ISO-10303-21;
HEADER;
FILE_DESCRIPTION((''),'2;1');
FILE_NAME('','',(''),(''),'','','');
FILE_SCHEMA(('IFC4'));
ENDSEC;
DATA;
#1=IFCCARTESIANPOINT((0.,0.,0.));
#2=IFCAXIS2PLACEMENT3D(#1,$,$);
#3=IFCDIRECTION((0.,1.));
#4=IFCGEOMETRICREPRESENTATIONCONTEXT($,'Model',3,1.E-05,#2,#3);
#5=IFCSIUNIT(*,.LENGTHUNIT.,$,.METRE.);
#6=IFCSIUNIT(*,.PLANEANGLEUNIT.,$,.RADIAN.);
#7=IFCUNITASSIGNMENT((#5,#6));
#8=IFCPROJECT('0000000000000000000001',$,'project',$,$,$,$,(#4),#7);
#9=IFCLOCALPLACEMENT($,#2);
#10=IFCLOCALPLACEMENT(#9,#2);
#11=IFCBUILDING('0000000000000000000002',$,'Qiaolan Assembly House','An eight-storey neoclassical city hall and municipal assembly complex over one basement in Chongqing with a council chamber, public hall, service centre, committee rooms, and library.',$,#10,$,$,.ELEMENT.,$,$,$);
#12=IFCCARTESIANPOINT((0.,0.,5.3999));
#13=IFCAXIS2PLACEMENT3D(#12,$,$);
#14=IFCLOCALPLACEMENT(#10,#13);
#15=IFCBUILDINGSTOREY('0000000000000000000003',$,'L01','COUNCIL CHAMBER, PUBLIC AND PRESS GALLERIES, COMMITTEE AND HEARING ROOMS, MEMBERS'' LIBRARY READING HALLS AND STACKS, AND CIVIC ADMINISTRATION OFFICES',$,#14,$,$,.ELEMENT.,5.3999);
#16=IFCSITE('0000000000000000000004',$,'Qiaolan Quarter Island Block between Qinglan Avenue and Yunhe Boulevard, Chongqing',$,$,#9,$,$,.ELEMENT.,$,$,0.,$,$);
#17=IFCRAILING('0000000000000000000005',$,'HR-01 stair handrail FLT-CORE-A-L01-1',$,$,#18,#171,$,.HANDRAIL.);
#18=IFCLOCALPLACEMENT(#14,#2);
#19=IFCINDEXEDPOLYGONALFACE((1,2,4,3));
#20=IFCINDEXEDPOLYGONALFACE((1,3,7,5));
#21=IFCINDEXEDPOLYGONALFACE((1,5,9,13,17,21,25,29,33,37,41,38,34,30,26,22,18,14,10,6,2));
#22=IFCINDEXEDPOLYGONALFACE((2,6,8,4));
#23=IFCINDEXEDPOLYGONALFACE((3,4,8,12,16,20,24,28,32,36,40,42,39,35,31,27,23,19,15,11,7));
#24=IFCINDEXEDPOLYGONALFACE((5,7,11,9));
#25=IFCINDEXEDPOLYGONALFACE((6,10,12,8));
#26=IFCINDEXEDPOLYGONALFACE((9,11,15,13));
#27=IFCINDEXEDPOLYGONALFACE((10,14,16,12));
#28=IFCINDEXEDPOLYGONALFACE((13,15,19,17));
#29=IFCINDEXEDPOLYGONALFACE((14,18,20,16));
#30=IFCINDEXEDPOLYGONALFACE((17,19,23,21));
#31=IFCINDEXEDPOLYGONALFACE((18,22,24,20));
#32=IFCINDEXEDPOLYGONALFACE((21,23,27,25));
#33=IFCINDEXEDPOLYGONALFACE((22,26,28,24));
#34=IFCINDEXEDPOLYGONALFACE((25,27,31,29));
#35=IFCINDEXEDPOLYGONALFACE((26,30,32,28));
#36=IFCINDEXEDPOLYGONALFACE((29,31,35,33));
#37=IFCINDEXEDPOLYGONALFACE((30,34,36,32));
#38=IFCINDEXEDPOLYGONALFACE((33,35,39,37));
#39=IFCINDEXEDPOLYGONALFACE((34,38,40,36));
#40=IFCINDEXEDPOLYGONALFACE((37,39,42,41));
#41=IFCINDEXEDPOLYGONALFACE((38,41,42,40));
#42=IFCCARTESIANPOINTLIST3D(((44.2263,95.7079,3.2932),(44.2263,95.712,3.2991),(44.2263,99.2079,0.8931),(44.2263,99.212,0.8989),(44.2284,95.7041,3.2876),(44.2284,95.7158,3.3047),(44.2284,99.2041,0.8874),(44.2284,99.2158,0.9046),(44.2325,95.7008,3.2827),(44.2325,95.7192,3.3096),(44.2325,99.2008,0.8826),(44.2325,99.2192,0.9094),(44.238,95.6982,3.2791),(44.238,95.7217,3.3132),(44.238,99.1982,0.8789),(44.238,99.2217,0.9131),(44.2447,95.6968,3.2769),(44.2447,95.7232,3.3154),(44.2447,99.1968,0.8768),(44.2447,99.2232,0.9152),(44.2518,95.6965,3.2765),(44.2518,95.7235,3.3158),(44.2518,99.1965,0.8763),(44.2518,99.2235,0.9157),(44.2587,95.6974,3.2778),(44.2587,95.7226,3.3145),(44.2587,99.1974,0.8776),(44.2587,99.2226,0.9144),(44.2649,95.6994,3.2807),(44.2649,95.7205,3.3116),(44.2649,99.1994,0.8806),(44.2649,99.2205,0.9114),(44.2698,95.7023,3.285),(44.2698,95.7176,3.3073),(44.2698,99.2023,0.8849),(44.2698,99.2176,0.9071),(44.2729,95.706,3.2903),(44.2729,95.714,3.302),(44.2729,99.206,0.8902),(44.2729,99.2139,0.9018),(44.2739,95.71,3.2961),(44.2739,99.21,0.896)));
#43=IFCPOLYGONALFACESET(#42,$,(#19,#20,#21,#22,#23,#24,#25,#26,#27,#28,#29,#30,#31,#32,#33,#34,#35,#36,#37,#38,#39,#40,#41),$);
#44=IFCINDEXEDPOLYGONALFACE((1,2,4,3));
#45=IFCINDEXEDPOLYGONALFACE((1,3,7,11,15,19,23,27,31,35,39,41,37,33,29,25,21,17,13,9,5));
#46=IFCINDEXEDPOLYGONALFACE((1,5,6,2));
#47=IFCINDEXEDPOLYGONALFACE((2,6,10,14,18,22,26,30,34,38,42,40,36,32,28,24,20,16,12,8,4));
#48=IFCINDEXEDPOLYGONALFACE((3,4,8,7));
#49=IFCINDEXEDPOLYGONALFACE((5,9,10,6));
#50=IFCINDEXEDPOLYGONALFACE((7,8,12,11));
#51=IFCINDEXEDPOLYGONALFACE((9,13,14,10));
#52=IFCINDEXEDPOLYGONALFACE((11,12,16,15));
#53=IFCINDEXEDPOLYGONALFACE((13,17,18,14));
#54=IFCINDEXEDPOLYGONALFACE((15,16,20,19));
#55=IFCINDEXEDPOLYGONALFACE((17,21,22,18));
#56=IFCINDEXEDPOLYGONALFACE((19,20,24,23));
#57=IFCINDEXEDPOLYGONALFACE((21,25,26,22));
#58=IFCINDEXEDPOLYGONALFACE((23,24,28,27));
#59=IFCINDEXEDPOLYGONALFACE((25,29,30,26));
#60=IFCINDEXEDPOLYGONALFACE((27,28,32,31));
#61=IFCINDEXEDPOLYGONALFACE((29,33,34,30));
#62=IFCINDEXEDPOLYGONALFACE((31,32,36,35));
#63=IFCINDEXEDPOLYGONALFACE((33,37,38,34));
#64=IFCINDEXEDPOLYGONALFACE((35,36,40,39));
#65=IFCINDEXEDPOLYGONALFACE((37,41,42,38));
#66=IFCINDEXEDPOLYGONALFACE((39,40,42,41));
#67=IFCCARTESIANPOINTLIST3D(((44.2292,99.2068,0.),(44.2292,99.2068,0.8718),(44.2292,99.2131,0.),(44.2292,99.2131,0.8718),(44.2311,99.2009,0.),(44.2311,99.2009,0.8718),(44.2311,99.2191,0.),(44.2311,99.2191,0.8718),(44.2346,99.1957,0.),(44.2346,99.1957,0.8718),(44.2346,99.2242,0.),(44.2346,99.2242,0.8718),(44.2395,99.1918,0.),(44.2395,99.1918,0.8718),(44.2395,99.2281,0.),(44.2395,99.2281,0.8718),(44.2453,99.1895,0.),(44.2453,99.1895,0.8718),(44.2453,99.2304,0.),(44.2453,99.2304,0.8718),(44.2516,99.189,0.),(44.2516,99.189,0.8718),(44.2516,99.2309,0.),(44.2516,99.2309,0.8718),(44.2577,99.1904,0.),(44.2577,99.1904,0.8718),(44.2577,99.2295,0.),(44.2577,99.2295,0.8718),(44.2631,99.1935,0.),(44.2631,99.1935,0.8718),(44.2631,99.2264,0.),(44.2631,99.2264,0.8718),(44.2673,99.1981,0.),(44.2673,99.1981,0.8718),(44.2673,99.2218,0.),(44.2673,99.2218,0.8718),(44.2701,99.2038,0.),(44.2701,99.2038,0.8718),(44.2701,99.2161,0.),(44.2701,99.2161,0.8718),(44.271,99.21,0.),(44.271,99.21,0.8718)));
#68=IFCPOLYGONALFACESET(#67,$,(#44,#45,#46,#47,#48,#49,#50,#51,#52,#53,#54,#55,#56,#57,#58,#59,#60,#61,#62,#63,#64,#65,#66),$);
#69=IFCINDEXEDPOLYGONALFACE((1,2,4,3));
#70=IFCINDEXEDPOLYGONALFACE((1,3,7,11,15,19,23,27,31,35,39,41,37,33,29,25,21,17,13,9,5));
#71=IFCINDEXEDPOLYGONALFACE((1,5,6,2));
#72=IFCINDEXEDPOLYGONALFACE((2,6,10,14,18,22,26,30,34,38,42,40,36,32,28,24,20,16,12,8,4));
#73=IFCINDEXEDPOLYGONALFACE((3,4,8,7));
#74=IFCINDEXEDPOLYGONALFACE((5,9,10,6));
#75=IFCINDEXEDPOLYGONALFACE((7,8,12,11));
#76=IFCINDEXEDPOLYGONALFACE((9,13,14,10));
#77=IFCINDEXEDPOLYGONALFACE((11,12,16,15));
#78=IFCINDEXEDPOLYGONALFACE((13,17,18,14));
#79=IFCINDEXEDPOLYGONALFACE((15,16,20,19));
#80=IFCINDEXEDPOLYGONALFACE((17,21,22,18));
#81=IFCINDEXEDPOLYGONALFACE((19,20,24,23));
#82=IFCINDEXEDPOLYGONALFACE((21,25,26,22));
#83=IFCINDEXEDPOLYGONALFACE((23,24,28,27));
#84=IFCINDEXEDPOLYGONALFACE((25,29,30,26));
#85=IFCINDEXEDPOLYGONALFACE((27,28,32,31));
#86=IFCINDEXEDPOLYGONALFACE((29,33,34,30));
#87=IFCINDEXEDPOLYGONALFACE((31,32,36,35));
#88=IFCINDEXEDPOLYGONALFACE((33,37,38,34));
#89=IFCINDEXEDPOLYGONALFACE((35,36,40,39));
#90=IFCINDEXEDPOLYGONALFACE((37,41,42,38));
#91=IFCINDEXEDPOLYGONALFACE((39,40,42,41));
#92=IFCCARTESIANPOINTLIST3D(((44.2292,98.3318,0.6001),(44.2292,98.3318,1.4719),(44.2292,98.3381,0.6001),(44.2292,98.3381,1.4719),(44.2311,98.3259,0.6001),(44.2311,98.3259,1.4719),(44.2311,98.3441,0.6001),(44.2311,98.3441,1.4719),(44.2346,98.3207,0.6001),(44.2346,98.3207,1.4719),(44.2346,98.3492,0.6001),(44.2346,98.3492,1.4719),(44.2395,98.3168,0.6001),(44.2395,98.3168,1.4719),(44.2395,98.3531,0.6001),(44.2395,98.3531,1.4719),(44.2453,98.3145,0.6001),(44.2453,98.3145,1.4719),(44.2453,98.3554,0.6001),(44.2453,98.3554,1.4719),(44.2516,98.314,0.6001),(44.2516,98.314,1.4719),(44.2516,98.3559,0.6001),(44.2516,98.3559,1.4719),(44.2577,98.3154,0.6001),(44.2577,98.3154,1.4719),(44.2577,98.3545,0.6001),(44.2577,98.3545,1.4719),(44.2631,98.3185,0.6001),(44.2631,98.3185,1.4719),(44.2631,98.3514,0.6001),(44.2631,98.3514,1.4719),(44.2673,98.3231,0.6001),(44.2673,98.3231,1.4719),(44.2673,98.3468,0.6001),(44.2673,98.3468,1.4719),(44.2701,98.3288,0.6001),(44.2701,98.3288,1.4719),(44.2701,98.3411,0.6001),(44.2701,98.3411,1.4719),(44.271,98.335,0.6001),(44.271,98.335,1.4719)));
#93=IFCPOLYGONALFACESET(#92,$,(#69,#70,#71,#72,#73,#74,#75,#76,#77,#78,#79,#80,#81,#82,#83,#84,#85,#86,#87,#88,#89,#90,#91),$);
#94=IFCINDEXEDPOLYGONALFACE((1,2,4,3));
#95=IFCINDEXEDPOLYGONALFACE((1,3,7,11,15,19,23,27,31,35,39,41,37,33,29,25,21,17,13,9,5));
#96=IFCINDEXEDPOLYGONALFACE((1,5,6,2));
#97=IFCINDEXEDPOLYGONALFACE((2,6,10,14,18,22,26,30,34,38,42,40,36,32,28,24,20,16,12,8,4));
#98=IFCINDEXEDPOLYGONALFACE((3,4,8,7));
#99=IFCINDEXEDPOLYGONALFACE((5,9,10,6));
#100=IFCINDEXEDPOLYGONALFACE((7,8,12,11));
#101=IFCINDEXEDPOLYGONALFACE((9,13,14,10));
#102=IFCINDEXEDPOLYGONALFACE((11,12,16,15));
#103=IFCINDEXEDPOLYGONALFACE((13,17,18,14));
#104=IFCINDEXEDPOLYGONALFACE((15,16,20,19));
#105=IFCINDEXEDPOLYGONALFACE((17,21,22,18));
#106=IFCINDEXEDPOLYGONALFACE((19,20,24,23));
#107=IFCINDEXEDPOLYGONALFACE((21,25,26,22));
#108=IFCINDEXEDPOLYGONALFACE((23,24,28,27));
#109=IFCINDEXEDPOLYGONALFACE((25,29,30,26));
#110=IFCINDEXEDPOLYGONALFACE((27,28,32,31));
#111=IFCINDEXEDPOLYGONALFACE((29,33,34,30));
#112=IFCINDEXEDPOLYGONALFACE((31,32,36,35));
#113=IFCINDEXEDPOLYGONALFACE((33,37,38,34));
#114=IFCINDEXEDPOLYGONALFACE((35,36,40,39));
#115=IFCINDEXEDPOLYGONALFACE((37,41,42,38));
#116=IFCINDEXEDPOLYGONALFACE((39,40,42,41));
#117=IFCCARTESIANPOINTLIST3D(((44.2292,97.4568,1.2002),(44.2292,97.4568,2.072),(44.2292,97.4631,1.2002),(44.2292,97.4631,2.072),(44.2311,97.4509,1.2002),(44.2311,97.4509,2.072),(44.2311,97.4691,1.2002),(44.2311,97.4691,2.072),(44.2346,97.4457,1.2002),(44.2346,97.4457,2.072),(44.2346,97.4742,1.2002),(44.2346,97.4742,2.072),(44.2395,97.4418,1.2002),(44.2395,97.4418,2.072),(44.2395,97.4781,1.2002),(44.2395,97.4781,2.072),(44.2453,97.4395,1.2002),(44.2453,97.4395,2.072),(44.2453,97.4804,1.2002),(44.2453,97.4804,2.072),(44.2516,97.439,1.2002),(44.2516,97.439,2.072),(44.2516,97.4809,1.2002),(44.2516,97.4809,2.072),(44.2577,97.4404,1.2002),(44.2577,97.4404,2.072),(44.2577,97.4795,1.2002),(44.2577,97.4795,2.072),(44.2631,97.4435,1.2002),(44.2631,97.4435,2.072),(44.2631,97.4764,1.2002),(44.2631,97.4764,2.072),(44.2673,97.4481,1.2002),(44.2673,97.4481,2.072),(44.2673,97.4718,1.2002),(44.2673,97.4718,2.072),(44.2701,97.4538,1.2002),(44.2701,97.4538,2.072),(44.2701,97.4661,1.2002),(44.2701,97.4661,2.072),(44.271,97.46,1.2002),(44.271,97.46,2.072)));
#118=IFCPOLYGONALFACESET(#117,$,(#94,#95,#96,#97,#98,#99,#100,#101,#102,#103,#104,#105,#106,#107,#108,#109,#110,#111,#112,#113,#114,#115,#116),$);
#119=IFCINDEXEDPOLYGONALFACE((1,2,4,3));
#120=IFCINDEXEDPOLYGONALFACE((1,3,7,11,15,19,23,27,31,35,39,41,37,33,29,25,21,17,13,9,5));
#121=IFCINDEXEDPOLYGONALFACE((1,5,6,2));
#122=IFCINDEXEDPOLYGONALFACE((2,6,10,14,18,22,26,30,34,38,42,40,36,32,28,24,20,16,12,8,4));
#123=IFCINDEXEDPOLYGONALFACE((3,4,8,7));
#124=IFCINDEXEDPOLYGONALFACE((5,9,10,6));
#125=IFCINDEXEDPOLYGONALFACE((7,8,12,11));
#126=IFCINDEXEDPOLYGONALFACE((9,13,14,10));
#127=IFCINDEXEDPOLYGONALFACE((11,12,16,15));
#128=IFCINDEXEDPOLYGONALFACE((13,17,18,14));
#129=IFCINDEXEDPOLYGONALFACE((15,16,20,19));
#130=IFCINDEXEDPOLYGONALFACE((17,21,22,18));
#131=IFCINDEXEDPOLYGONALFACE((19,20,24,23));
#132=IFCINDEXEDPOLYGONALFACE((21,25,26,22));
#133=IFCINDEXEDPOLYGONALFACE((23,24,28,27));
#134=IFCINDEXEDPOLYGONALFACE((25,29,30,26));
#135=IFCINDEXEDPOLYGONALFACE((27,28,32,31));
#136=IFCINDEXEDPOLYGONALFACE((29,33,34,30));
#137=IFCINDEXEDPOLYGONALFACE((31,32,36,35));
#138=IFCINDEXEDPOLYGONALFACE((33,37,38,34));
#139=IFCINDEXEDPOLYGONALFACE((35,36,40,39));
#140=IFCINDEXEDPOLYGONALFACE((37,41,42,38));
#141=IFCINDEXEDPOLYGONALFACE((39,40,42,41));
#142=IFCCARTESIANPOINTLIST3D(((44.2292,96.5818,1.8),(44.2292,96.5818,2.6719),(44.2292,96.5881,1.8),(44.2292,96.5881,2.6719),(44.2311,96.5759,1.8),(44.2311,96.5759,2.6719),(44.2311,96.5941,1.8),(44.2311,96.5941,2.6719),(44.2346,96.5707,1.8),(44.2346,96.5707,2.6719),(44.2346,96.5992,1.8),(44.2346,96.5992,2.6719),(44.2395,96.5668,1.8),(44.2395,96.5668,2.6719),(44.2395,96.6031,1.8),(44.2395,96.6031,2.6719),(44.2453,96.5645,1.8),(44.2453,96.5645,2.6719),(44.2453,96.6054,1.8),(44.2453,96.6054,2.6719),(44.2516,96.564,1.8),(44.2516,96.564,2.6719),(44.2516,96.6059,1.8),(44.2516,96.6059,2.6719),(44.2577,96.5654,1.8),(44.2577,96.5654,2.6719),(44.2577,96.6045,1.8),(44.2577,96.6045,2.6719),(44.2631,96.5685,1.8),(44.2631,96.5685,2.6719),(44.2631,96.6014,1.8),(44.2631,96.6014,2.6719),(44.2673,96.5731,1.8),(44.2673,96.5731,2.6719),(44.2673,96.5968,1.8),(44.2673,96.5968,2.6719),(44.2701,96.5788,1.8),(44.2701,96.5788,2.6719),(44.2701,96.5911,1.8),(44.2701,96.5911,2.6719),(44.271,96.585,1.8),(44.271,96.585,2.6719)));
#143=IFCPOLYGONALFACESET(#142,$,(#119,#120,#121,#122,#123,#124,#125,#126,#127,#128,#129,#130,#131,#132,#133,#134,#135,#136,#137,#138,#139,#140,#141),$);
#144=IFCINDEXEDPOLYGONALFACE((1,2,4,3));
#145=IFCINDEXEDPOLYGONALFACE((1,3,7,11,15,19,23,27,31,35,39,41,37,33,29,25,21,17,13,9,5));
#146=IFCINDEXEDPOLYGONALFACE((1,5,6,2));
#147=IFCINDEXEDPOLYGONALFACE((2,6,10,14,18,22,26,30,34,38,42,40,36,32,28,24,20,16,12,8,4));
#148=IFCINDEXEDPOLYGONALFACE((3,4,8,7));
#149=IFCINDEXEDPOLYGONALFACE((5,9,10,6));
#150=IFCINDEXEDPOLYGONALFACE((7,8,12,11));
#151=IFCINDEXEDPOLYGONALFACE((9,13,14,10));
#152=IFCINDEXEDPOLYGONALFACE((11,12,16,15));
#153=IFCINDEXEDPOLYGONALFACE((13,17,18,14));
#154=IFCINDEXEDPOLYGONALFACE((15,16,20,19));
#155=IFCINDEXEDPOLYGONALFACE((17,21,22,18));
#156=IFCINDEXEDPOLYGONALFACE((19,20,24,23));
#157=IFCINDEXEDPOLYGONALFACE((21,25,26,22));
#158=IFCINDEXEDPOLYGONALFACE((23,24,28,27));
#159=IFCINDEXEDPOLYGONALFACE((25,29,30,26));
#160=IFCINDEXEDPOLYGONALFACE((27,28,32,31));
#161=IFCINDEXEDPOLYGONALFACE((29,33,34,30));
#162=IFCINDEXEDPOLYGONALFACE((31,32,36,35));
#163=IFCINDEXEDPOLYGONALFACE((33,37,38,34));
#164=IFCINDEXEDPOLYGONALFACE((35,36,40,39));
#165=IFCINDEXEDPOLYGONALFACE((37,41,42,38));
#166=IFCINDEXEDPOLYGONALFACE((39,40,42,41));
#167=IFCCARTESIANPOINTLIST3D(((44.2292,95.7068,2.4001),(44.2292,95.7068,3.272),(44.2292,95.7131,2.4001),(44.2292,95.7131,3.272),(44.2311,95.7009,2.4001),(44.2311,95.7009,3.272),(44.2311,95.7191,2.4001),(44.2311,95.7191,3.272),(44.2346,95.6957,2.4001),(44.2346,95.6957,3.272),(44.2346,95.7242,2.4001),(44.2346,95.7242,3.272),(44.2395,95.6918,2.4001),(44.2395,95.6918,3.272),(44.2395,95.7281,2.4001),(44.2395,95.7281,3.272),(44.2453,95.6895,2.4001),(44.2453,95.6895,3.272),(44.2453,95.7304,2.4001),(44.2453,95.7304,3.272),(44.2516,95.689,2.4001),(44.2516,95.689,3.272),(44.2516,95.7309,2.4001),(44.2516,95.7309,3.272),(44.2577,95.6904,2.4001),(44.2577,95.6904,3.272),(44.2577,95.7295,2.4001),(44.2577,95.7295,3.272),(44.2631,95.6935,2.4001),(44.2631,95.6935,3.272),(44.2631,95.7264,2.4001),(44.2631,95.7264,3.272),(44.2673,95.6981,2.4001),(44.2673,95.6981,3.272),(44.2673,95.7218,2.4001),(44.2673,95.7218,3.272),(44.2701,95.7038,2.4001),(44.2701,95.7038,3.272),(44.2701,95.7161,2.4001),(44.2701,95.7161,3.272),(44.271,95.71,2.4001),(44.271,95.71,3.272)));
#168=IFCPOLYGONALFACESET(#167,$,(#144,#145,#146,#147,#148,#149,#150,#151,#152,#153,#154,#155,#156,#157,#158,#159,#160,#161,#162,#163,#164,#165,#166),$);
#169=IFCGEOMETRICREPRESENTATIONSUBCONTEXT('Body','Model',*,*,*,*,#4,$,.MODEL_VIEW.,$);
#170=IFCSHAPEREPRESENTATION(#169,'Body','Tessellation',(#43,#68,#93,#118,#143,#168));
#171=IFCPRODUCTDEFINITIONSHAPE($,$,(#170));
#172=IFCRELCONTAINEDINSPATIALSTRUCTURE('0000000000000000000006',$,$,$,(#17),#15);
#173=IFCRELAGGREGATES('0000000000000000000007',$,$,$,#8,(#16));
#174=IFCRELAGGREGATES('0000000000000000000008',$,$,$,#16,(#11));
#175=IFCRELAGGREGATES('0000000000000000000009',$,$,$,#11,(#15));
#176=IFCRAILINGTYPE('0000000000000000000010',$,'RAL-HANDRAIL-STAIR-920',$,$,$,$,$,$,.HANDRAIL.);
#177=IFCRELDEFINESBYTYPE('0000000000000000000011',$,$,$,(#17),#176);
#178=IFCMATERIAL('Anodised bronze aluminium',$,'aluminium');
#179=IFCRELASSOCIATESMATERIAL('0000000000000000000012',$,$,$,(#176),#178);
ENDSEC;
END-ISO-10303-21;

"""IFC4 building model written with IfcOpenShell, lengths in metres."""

from ifc_helpers import new_model, si_unit, direction, frame, origin, origin_2d, place, context, subcontext, project, spatial, circle, extrude, material, type_object, element, save


model = new_model("IFC4")

# Units and contexts
model_context = context("Model", 3, precision=1e-05, world=origin(), true_north=direction((0.0, 1.0)))
body_context = subcontext(model_context, "Body", "Model", "MODEL_VIEW")
ifc_project = project(units=[si_unit("LENGTHUNIT", "METRE"), si_unit("PLANEANGLEUNIT", "RADIAN")], contexts=[model_context])

# Site, building, storey
site_placement = place(None, origin())
site = spatial("IfcSite", under=ifc_project, at=site_placement, Name="Qiaolan Quarter Island Block between Qinglan Avenue and Yunhe Boulevard, Chongqing", CompositionType="ELEMENT", RefElevation=0.0)
building_placement = place(site_placement, origin())
building = spatial("IfcBuilding", under=site, at=building_placement, Name="Qiaolan Assembly House", Description="An eight-storey neoclassical city hall and municipal assembly complex over one basement in Chongqing with a council chamber, public hall, service centre, committee rooms, and library.", CompositionType="ELEMENT")
storey_placement = place(building_placement, frame((0.0, 0.0, 5.3999)))
storey = spatial("IfcBuildingStorey", under=building, at=storey_placement, Name="L01", Description="COUNCIL CHAMBER, PUBLIC AND PRESS GALLERIES, COMMITTEE AND HEARING ROOMS, MEMBERS' LIBRARY READING HALLS AND STACKS, AND CIVIC ADMINISTRATION OFFICES", CompositionType="ELEMENT", Elevation=5.3999)

# Railing
ifc_material_1 = material(Name="Anodised bronze aluminium", Category="aluminium")
railing_type_1 = type_object("IfcRailingType", Name="RAL-HANDRAIL-STAIR-920", PredefinedType="HANDRAIL", material=ifc_material_1)
railing_1_placement = place(storey_placement, frame((44.25, 99.21, 0.0)))
element("IfcRailing", 1, at=railing_1_placement, inside=storey, type_object=railing_type_1, Name="HR-01 stair handrail FLT-CORE-A-L01-1", PredefinedType="HANDRAIL", context=body_context, shape_type="SweptSolid", body=[
    extrude(circle(Radius=0.0239, at=origin_2d()), frame((0.0, 0.0, 0.896), z_axis=(0.0, -0.824713, 0.565552), x_axis=(1.0, 0.0, 0.0)), (0.0, 0.0, 1.0), 4.2439),
    extrude(circle(Radius=0.021, at=origin_2d()), origin(), (0.0, 0.0, 1.0), 0.8718),
    extrude(circle(Radius=0.021, at=origin_2d()), frame((0.0, -0.875, 0.6001)), (0.0, 0.0, 1.0), 0.8718),
    extrude(circle(Radius=0.021, at=origin_2d()), frame((0.0, -1.75, 1.2002)), (0.0, 0.0, 1.0), 0.8718),
    extrude(circle(Radius=0.021, at=origin_2d()), frame((0.0, -2.625, 1.8)), (0.0, 0.0, 1.0), 0.8718),
    extrude(circle(Radius=0.021, at=origin_2d()), frame((0.0, -3.5, 2.4001)), (0.0, 0.0, 1.0), 0.8718),
])

save(model, "model.ifc")
